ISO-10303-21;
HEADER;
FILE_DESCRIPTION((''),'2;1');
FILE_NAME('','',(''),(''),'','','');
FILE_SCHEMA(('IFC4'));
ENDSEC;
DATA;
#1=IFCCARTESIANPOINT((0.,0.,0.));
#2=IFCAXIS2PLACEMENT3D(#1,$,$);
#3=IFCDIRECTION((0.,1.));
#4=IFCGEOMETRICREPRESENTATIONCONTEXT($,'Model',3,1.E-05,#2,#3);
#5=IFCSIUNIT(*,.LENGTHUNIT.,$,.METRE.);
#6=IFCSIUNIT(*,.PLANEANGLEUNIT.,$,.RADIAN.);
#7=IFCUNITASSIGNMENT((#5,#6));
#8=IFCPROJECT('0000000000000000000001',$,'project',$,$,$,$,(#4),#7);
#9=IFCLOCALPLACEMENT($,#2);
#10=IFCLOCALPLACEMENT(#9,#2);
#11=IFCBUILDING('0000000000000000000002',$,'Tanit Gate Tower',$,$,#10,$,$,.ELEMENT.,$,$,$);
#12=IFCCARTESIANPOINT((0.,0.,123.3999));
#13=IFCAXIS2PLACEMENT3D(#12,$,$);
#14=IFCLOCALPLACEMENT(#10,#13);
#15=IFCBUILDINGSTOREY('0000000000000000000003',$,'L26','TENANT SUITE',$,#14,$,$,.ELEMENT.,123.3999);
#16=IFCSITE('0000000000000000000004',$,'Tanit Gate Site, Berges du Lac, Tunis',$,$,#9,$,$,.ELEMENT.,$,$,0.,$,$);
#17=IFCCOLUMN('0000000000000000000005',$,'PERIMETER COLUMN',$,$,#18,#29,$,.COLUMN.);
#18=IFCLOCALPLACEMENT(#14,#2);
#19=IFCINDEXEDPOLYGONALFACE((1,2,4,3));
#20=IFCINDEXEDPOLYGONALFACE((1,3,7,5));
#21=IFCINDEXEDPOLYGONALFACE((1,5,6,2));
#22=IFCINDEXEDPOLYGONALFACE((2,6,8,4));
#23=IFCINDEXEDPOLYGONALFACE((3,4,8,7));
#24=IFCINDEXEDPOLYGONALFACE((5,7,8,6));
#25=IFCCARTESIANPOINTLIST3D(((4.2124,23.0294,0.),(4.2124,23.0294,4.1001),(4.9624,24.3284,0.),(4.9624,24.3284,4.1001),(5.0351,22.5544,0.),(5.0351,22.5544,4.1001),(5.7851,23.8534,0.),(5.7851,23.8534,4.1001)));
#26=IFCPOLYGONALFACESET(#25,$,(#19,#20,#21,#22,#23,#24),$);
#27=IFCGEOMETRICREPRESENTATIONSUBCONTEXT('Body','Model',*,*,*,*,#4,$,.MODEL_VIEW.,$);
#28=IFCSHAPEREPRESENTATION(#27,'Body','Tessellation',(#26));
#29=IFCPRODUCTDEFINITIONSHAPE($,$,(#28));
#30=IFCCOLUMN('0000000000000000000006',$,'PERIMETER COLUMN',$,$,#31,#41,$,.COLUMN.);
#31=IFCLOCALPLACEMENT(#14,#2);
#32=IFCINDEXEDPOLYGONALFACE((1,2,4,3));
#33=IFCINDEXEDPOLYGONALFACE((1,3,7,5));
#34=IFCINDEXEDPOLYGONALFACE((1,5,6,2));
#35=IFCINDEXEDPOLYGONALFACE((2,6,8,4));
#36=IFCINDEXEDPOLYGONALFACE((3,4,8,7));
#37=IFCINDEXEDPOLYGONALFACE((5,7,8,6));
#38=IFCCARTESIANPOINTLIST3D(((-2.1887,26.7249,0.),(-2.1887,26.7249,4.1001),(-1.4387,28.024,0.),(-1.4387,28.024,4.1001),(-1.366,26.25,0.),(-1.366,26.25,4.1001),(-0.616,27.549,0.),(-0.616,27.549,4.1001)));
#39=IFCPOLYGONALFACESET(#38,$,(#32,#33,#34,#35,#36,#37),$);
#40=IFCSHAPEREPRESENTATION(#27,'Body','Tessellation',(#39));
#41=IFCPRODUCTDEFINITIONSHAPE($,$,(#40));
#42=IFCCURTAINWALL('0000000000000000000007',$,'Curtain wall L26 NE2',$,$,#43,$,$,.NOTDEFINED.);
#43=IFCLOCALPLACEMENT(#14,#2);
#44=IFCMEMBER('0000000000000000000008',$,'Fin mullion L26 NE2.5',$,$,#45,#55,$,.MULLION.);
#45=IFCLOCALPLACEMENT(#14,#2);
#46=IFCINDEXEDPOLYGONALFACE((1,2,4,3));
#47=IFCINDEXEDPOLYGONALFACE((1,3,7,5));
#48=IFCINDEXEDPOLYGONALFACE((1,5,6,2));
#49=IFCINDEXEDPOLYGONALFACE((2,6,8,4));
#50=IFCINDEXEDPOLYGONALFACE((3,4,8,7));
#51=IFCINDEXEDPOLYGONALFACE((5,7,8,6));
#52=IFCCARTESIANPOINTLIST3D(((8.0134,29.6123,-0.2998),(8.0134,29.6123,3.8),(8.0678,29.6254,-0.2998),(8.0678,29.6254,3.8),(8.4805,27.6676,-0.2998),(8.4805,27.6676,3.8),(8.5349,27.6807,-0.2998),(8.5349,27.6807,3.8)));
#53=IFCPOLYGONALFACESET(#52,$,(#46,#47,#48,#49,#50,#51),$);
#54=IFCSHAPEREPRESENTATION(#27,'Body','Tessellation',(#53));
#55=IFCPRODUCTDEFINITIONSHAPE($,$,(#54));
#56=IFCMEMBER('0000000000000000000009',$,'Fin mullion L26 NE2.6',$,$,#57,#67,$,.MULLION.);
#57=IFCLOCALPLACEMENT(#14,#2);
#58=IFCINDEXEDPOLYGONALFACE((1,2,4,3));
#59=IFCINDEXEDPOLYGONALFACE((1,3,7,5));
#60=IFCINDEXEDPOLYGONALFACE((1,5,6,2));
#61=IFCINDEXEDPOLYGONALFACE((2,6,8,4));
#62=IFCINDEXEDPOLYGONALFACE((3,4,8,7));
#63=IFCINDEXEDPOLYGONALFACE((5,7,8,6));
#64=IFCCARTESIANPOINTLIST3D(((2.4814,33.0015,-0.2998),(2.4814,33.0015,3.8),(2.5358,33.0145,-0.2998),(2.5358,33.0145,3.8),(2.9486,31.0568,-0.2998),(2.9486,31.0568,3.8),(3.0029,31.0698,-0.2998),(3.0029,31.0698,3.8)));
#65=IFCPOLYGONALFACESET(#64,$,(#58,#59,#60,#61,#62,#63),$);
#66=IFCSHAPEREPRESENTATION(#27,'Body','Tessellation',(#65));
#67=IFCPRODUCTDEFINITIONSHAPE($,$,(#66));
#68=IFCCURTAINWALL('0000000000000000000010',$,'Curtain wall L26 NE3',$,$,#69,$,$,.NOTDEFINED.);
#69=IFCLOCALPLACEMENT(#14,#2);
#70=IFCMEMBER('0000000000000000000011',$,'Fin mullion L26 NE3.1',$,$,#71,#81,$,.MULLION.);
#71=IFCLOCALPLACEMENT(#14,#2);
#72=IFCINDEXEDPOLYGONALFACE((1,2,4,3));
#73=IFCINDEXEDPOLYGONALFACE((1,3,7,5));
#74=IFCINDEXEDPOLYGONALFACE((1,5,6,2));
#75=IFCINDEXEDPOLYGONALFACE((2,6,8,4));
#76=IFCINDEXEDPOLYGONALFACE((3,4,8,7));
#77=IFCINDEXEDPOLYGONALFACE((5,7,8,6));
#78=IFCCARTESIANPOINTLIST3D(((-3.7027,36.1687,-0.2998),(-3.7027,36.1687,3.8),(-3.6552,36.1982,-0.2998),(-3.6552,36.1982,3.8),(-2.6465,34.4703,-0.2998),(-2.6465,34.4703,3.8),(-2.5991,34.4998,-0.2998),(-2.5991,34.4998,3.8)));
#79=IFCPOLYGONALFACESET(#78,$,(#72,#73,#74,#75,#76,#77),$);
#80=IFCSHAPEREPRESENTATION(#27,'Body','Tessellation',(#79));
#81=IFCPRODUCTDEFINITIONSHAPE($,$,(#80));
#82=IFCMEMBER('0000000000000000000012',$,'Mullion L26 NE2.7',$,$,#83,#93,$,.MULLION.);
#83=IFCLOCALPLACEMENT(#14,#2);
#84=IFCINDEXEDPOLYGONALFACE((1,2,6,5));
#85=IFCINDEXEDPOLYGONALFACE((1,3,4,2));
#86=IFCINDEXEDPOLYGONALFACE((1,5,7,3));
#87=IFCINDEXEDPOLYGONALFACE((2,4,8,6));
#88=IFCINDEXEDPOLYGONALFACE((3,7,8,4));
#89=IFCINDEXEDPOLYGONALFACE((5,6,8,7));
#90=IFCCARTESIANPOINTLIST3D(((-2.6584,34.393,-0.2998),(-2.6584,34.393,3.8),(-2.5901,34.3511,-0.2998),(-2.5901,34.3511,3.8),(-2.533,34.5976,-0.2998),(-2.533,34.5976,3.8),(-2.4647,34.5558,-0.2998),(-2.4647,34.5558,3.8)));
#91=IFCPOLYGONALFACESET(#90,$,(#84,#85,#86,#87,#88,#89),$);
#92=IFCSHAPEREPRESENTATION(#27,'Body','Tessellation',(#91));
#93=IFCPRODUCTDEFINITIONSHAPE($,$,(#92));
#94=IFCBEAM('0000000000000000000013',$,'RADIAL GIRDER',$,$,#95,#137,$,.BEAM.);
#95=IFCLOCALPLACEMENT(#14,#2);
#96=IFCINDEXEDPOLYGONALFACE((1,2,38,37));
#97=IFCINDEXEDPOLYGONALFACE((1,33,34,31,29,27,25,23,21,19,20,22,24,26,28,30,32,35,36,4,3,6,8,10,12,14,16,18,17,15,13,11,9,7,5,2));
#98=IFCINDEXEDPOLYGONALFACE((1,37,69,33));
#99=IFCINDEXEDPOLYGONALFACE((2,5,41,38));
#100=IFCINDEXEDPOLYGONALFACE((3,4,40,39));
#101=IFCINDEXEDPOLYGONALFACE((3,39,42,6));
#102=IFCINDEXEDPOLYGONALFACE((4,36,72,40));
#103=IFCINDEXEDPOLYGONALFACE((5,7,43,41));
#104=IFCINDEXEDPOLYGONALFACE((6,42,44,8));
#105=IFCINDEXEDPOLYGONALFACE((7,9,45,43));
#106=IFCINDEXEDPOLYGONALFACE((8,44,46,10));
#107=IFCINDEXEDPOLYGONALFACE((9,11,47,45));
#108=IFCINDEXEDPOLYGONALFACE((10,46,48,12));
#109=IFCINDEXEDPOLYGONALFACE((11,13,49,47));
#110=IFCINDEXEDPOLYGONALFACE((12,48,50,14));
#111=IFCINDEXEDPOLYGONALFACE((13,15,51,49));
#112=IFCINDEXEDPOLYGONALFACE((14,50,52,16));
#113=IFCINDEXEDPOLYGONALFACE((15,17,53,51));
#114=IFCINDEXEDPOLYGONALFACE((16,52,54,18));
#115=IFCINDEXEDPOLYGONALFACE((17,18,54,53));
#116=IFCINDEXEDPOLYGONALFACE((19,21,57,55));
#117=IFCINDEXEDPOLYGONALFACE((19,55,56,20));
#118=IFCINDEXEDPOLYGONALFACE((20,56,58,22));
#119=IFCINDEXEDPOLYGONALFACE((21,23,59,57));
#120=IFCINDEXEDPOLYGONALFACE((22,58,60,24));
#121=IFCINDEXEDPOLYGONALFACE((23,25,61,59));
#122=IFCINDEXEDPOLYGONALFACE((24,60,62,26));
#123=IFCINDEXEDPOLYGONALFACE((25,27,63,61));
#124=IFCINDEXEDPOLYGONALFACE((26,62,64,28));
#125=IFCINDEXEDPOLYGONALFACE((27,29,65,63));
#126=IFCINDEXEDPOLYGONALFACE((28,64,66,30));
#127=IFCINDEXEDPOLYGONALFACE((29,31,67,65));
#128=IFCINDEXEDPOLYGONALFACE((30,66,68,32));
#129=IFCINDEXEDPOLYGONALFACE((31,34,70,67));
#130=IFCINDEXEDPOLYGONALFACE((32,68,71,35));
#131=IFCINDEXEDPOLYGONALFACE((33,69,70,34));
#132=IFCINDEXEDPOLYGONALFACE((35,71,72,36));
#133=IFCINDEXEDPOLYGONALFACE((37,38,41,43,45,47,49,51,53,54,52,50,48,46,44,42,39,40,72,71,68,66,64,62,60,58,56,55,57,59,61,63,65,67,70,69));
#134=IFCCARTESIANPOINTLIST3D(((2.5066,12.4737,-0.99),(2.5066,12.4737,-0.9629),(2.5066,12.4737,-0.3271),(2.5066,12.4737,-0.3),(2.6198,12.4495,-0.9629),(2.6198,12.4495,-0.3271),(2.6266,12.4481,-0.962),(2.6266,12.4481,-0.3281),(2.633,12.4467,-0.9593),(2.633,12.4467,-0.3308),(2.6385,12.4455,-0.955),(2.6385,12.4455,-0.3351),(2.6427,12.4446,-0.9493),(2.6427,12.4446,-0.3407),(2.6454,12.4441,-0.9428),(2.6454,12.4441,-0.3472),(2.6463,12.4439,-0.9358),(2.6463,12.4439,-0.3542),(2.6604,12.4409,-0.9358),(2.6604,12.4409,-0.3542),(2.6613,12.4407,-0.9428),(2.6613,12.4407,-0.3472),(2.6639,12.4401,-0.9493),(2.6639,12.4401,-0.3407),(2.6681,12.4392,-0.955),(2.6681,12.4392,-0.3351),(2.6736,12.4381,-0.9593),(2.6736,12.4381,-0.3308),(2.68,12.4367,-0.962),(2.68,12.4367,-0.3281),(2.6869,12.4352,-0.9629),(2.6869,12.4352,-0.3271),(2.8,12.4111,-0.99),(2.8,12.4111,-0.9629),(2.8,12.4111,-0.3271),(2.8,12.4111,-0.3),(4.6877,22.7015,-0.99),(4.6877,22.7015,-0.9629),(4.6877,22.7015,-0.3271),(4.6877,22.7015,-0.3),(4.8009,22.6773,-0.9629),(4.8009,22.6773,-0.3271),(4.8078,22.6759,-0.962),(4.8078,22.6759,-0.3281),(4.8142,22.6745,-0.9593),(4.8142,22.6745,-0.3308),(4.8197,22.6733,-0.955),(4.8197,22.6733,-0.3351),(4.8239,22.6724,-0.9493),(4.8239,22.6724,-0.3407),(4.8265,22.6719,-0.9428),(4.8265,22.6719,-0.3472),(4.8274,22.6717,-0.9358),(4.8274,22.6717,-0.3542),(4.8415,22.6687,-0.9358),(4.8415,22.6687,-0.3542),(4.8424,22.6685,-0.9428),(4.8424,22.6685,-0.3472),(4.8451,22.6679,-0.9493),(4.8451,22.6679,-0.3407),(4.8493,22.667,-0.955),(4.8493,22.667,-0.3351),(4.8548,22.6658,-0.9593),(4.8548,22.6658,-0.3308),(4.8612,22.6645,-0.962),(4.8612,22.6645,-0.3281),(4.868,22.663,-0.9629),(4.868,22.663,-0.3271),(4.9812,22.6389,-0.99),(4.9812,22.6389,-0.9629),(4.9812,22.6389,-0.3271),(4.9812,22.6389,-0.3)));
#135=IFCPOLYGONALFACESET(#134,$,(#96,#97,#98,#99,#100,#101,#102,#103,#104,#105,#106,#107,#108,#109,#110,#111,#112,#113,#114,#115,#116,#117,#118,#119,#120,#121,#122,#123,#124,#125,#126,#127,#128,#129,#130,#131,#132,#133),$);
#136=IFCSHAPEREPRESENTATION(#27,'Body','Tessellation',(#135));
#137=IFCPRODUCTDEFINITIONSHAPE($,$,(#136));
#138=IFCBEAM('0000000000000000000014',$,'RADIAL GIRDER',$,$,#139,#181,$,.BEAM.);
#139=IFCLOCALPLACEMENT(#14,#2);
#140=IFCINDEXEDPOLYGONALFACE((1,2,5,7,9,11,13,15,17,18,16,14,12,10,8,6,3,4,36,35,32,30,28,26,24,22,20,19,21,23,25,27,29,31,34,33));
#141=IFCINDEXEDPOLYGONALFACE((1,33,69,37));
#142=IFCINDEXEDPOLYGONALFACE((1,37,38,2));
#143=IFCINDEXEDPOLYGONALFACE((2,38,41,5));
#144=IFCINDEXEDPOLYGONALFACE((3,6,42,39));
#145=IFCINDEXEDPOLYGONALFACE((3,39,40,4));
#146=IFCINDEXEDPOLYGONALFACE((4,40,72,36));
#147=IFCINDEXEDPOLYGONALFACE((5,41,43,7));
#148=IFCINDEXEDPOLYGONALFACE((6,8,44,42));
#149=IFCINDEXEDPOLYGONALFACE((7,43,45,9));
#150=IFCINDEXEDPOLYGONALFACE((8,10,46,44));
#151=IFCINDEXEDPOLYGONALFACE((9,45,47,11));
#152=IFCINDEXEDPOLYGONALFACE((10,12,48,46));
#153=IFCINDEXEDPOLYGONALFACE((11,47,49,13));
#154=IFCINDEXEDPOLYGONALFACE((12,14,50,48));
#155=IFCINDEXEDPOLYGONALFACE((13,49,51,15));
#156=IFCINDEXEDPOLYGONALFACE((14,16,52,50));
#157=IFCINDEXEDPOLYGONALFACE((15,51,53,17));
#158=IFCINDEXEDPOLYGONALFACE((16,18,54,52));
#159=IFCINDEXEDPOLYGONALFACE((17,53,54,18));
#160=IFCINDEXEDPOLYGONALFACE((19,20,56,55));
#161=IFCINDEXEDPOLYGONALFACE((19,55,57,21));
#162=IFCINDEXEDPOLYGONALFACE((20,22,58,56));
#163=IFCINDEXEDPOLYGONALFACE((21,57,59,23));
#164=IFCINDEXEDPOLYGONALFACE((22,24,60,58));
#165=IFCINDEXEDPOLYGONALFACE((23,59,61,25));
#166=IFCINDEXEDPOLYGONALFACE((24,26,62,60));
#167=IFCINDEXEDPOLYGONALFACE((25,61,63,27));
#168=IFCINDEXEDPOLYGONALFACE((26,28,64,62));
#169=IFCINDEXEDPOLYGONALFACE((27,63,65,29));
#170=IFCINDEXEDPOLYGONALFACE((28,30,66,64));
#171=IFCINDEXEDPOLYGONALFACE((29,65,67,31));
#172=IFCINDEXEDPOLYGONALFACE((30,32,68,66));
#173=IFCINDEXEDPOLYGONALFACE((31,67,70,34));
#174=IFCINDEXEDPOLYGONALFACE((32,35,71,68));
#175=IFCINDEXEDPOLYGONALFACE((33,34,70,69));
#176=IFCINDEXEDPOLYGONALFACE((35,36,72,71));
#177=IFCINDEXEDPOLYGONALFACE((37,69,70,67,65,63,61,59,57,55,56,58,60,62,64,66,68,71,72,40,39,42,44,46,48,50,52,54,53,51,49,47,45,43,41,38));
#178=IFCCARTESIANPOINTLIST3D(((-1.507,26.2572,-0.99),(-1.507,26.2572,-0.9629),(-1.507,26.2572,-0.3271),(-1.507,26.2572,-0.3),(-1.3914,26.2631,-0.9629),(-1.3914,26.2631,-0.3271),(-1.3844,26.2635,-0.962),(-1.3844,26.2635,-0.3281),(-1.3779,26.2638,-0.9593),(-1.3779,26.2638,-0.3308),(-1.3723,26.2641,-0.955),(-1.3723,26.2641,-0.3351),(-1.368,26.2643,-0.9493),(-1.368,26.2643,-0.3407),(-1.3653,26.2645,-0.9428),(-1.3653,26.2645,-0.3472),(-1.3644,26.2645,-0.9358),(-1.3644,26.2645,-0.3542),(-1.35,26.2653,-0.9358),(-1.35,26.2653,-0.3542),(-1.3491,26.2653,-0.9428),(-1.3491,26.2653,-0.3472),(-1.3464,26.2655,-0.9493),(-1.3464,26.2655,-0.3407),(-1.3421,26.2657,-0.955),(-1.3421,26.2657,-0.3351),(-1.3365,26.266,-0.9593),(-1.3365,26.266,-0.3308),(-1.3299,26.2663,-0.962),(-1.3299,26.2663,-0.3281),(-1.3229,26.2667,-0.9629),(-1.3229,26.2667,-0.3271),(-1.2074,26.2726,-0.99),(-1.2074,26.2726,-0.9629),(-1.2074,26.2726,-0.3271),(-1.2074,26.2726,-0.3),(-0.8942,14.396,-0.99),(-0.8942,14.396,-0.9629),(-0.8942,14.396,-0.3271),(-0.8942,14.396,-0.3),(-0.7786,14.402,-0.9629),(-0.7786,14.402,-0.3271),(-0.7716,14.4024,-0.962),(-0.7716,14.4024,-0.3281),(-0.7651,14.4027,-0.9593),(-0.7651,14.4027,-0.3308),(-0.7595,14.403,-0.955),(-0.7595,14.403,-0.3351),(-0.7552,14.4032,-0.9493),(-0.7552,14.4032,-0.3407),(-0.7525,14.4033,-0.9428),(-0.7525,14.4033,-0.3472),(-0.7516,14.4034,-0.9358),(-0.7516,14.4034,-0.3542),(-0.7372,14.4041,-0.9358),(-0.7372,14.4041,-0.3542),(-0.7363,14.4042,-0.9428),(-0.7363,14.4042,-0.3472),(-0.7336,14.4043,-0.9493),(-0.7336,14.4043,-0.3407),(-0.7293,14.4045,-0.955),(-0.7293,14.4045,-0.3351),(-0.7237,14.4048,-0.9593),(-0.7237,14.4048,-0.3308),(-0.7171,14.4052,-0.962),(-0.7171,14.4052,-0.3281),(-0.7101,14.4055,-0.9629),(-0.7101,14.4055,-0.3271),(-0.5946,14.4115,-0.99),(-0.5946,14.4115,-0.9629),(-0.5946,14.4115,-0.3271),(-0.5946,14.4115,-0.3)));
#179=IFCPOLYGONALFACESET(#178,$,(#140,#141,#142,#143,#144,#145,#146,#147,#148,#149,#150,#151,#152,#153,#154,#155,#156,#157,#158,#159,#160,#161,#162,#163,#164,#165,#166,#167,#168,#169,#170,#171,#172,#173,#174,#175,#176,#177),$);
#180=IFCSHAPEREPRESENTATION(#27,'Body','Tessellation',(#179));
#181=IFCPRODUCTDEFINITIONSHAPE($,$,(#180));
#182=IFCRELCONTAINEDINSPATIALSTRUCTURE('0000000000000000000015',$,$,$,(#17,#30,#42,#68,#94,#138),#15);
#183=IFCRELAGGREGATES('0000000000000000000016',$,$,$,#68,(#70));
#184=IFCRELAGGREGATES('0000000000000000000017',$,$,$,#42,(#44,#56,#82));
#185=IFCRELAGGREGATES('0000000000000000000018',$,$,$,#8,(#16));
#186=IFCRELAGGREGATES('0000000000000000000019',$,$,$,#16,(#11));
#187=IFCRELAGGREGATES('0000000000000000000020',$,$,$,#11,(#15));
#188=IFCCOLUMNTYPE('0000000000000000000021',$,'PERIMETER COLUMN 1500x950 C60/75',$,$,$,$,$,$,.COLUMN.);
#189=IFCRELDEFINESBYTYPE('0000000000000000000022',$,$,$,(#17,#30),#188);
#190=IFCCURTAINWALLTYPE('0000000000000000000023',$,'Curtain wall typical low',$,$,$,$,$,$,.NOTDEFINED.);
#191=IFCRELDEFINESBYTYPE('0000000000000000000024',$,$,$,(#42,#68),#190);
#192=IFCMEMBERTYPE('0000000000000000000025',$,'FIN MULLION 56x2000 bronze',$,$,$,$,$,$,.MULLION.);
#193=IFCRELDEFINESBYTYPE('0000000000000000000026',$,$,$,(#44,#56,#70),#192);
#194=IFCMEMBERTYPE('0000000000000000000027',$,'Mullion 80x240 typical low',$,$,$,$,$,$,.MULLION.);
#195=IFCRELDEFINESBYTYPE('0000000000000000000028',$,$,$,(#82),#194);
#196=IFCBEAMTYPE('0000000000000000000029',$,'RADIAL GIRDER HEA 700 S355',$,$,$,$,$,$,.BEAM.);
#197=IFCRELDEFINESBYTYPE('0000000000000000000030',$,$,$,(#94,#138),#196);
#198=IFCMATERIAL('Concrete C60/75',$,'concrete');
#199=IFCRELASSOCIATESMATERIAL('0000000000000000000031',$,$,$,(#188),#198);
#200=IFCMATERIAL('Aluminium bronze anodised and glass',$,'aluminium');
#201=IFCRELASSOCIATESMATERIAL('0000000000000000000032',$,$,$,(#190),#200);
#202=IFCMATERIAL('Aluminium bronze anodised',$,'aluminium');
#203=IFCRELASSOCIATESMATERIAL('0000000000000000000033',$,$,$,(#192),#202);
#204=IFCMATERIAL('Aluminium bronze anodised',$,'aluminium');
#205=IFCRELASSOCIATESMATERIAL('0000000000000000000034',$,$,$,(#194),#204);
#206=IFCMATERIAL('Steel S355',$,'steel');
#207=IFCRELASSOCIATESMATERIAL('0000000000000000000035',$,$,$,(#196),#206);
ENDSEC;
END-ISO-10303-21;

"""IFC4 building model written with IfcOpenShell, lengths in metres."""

from ifc_helpers import new_model, si_unit, direction, frame, origin, origin_2d, place, context, subcontext, project, spatial, rectangle, i_section, extrude, material, material_profile, profile_set, type_object, element, aggregate, save


model = new_model("IFC4")

# Units and contexts
model_context = context("Model", 3, precision=1e-05, world=origin(), true_north=direction((0.0, 1.0)))
body_context = subcontext(model_context, "Body", "Model", "MODEL_VIEW")
ifc_project = project(units=[si_unit("LENGTHUNIT", "METRE"), si_unit("PLANEANGLEUNIT", "RADIAN")], contexts=[model_context])

# Site, building, storey
site_placement = place(None, origin())
site = spatial("IfcSite", under=ifc_project, at=site_placement, Name="Tanit Gate Site, Berges du Lac, Tunis", CompositionType="ELEMENT", RefElevation=0.0)
building_placement = place(site_placement, origin())
building = spatial("IfcBuilding", under=site, at=building_placement, Name="Tanit Gate Tower", CompositionType="ELEMENT")
storey_placement = place(building_placement, frame((0.0, 0.0, 123.3999)))
storey = spatial("IfcBuildingStorey", under=building, at=storey_placement, Name="L26", Description="TENANT SUITE", CompositionType="ELEMENT", Elevation=123.3999)

# Columns
ifc_material_1 = material(Name="Concrete C60/75", Category="concrete")
ifc_material_profile_1 = material_profile(ifc_material_1, rectangle(XDim=1.5, YDim=0.95, at=origin_2d()), Name="RC 1500x950")
ifc_profile_set_1 = profile_set([ifc_material_profile_1], Name="Concrete C60/75")
column_type = type_object("IfcColumnType", Name="PERIMETER COLUMN 1500x950 C60/75", PredefinedType="COLUMN", material=ifc_profile_set_1)
for number, where, z_axis, x_axis, name in (
    (1, (4.9988, 23.4414, 0.0), (0.0, 0.0, 1.0), (0.5, 0.866025, 0.0), "PERIMETER COLUMN"),
    (2, (-1.4023, 27.137, 0.0), (0.0, 0.0, 1.0), (0.5, 0.866025, 0.0), "PERIMETER COLUMN"),
):
    element("IfcColumn", number, at=place(storey_placement, frame(where, z_axis=z_axis, x_axis=x_axis)), inside=storey, type_object=column_type, Name=name, PredefinedType="COLUMN", context=body_context, shape_type="SweptSolid", body=[
        extrude(rectangle(XDim=1.5, YDim=0.95, at=origin_2d()), origin(), (0.0, 0.0, 1.0), 4.1001),
    ])

# Curtain wall, members
ifc_material_2 = material(Name="Aluminium bronze anodised and glass", Category="aluminium")
curtain_wall_type = type_object("IfcCurtainWallType", Name="Curtain wall typical low", PredefinedType="NOTDEFINED", material=ifc_material_2)
curtain_wall_1_placement = place(storey_placement, origin())
curtain_wall_1 = element("IfcCurtainWall", 3, at=curtain_wall_1_placement, inside=storey, type_object=curtain_wall_type, Name="Curtain wall L26 NE2", PredefinedType="NOTDEFINED")
ifc_material_3 = material(Name="Aluminium bronze anodised", Category="aluminium")
ifc_material_profile_2 = material_profile(ifc_material_3, rectangle(XDim=2.0, YDim=0.0559, at=origin_2d()), Name="56x2000 bronze fin mullion")
ifc_profile_set_2 = profile_set([ifc_material_profile_2], Name="Aluminium bronze anodised")
member_type_1 = type_object("IfcMemberType", Name="FIN MULLION 56x2000 bronze", PredefinedType="MULLION", material=ifc_profile_set_2)
member_1_placement = place(storey_placement, frame((8.2742, 28.6465, -0.2998), z_axis=(0.0, 0.0, 1.0), x_axis=(0.233557, -0.972343, 0.0)))
member_1 = element("IfcMember", 4, at=member_1_placement, type_object=member_type_1, Name="Fin mullion L26 NE2.5", PredefinedType="MULLION", context=body_context, shape_type="SweptSolid", body=[
    extrude(rectangle(XDim=2.0, YDim=0.0559, at=origin_2d()), origin(), (0.0, 0.0, 1.0), 4.0999),
])
member_2_placement = place(storey_placement, frame((2.7422, 32.0356, -0.2998), z_axis=(0.0, 0.0, 1.0), x_axis=(0.233557, -0.972343, 0.0)))
member_2 = element("IfcMember", 5, at=member_2_placement, type_object=member_type_1, Name="Fin mullion L26 NE2.6", PredefinedType="MULLION", context=body_context, shape_type="SweptSolid", body=[
    extrude(rectangle(XDim=2.0, YDim=0.0559, at=origin_2d()), origin(), (0.0, 0.0, 1.0), 4.0999),
])

# Curtain wall, member
curtain_wall_2_placement = place(storey_placement, origin())
curtain_wall_2 = element("IfcCurtainWall", 6, at=curtain_wall_2_placement, inside=storey, type_object=curtain_wall_type, Name="Curtain wall L26 NE3", PredefinedType="NOTDEFINED")
member_3_placement = place(storey_placement, frame((-3.1509, 35.3342, -0.2998), z_axis=(0.0, 0.0, 1.0), x_axis=(0.528086, -0.849191, 0.0)))
member_3 = element("IfcMember", 7, at=member_3_placement, type_object=member_type_1, Name="Fin mullion L26 NE3.1", PredefinedType="MULLION", context=body_context, shape_type="SweptSolid", body=[
    extrude(rectangle(XDim=2.0, YDim=0.0559, at=origin_2d()), origin(), (0.0, 0.0, 1.0), 4.0999),
])

# Member
ifc_material_4 = material(Name="Aluminium bronze anodised", Category="aluminium")
ifc_material_profile_3 = material_profile(ifc_material_4, rectangle(XDim=0.24, YDim=0.0801, at=origin_2d()), Name="80x240 bronze mullion")
ifc_profile_set_3 = profile_set([ifc_material_profile_3], Name="Aluminium bronze anodised")
member_type_2 = type_object("IfcMemberType", Name="Mullion 80x240 typical low", PredefinedType="MULLION", material=ifc_profile_set_3)
member_4_placement = place(storey_placement, frame((-2.5615, 34.4744, -0.2998), z_axis=(0.0, 0.0, 1.0), x_axis=(-0.522401, -0.8527, 0.0)))
member_4 = element("IfcMember", 8, at=member_4_placement, type_object=member_type_2, Name="Mullion L26 NE2.7", PredefinedType="MULLION", context=body_context, shape_type="SweptSolid", body=[
    extrude(rectangle(XDim=0.24, YDim=0.0801, at=origin_2d()), origin(), (0.0, 0.0, 1.0), 4.0999),
])

# Beams
ifc_material_5 = material(Name="Steel S355", Category="steel")
ifc_material_profile_4 = material_profile(ifc_material_5, i_section(OverallWidth=0.3, OverallDepth=0.6899, WebThickness=0.0144, FlangeThickness=0.0271, FilletRadius=0.0271, at=origin_2d()), Name="HEA 700")
ifc_profile_set_4 = profile_set([ifc_material_profile_4], Name="Steel S355")
beam_type_1 = type_object("IfcBeamType", Name="RADIAL GIRDER HEA 700 S355", PredefinedType="BEAM", material=ifc_profile_set_4)
beam_1_placement = place(storey_placement, frame((4.8345, 22.6702, -0.645), z_axis=(-0.208568, -0.978008, 0.0), x_axis=(0.978008, -0.208568, 0.0)))
element("IfcBeam", 9, at=beam_1_placement, inside=storey, type_object=beam_type_1, Name="RADIAL GIRDER", PredefinedType="BEAM", context=body_context, shape_type="SweptSolid", body=[
    extrude(i_section(OverallWidth=0.3, OverallDepth=0.6899, WebThickness=0.0144, FlangeThickness=0.0271, FilletRadius=0.0271, at=origin_2d()), origin(), (0.0, 0.0, 1.0), 10.4578),
])
beam_2_placement = place(storey_placement, frame((-1.3572, 26.2649, -0.645), z_axis=(0.051595, -0.998668, 0.0), x_axis=(0.998668, 0.051595, 0.0)))
element("IfcBeam", 10, at=beam_2_placement, inside=storey, type_object=beam_type_1, Name="RADIAL GIRDER", PredefinedType="BEAM", context=body_context, shape_type="SweptSolid", body=[
    extrude(i_section(OverallWidth=0.3, OverallDepth=0.6899, WebThickness=0.0144, FlangeThickness=0.0271, FilletRadius=0.0271, at=origin_2d()), origin(), (0.0, 0.0, 1.0), 11.877),
])

aggregate(curtain_wall_2, [member_3])

aggregate(curtain_wall_1, [member_1, member_2, member_4])

save(model, "model.ifc")
